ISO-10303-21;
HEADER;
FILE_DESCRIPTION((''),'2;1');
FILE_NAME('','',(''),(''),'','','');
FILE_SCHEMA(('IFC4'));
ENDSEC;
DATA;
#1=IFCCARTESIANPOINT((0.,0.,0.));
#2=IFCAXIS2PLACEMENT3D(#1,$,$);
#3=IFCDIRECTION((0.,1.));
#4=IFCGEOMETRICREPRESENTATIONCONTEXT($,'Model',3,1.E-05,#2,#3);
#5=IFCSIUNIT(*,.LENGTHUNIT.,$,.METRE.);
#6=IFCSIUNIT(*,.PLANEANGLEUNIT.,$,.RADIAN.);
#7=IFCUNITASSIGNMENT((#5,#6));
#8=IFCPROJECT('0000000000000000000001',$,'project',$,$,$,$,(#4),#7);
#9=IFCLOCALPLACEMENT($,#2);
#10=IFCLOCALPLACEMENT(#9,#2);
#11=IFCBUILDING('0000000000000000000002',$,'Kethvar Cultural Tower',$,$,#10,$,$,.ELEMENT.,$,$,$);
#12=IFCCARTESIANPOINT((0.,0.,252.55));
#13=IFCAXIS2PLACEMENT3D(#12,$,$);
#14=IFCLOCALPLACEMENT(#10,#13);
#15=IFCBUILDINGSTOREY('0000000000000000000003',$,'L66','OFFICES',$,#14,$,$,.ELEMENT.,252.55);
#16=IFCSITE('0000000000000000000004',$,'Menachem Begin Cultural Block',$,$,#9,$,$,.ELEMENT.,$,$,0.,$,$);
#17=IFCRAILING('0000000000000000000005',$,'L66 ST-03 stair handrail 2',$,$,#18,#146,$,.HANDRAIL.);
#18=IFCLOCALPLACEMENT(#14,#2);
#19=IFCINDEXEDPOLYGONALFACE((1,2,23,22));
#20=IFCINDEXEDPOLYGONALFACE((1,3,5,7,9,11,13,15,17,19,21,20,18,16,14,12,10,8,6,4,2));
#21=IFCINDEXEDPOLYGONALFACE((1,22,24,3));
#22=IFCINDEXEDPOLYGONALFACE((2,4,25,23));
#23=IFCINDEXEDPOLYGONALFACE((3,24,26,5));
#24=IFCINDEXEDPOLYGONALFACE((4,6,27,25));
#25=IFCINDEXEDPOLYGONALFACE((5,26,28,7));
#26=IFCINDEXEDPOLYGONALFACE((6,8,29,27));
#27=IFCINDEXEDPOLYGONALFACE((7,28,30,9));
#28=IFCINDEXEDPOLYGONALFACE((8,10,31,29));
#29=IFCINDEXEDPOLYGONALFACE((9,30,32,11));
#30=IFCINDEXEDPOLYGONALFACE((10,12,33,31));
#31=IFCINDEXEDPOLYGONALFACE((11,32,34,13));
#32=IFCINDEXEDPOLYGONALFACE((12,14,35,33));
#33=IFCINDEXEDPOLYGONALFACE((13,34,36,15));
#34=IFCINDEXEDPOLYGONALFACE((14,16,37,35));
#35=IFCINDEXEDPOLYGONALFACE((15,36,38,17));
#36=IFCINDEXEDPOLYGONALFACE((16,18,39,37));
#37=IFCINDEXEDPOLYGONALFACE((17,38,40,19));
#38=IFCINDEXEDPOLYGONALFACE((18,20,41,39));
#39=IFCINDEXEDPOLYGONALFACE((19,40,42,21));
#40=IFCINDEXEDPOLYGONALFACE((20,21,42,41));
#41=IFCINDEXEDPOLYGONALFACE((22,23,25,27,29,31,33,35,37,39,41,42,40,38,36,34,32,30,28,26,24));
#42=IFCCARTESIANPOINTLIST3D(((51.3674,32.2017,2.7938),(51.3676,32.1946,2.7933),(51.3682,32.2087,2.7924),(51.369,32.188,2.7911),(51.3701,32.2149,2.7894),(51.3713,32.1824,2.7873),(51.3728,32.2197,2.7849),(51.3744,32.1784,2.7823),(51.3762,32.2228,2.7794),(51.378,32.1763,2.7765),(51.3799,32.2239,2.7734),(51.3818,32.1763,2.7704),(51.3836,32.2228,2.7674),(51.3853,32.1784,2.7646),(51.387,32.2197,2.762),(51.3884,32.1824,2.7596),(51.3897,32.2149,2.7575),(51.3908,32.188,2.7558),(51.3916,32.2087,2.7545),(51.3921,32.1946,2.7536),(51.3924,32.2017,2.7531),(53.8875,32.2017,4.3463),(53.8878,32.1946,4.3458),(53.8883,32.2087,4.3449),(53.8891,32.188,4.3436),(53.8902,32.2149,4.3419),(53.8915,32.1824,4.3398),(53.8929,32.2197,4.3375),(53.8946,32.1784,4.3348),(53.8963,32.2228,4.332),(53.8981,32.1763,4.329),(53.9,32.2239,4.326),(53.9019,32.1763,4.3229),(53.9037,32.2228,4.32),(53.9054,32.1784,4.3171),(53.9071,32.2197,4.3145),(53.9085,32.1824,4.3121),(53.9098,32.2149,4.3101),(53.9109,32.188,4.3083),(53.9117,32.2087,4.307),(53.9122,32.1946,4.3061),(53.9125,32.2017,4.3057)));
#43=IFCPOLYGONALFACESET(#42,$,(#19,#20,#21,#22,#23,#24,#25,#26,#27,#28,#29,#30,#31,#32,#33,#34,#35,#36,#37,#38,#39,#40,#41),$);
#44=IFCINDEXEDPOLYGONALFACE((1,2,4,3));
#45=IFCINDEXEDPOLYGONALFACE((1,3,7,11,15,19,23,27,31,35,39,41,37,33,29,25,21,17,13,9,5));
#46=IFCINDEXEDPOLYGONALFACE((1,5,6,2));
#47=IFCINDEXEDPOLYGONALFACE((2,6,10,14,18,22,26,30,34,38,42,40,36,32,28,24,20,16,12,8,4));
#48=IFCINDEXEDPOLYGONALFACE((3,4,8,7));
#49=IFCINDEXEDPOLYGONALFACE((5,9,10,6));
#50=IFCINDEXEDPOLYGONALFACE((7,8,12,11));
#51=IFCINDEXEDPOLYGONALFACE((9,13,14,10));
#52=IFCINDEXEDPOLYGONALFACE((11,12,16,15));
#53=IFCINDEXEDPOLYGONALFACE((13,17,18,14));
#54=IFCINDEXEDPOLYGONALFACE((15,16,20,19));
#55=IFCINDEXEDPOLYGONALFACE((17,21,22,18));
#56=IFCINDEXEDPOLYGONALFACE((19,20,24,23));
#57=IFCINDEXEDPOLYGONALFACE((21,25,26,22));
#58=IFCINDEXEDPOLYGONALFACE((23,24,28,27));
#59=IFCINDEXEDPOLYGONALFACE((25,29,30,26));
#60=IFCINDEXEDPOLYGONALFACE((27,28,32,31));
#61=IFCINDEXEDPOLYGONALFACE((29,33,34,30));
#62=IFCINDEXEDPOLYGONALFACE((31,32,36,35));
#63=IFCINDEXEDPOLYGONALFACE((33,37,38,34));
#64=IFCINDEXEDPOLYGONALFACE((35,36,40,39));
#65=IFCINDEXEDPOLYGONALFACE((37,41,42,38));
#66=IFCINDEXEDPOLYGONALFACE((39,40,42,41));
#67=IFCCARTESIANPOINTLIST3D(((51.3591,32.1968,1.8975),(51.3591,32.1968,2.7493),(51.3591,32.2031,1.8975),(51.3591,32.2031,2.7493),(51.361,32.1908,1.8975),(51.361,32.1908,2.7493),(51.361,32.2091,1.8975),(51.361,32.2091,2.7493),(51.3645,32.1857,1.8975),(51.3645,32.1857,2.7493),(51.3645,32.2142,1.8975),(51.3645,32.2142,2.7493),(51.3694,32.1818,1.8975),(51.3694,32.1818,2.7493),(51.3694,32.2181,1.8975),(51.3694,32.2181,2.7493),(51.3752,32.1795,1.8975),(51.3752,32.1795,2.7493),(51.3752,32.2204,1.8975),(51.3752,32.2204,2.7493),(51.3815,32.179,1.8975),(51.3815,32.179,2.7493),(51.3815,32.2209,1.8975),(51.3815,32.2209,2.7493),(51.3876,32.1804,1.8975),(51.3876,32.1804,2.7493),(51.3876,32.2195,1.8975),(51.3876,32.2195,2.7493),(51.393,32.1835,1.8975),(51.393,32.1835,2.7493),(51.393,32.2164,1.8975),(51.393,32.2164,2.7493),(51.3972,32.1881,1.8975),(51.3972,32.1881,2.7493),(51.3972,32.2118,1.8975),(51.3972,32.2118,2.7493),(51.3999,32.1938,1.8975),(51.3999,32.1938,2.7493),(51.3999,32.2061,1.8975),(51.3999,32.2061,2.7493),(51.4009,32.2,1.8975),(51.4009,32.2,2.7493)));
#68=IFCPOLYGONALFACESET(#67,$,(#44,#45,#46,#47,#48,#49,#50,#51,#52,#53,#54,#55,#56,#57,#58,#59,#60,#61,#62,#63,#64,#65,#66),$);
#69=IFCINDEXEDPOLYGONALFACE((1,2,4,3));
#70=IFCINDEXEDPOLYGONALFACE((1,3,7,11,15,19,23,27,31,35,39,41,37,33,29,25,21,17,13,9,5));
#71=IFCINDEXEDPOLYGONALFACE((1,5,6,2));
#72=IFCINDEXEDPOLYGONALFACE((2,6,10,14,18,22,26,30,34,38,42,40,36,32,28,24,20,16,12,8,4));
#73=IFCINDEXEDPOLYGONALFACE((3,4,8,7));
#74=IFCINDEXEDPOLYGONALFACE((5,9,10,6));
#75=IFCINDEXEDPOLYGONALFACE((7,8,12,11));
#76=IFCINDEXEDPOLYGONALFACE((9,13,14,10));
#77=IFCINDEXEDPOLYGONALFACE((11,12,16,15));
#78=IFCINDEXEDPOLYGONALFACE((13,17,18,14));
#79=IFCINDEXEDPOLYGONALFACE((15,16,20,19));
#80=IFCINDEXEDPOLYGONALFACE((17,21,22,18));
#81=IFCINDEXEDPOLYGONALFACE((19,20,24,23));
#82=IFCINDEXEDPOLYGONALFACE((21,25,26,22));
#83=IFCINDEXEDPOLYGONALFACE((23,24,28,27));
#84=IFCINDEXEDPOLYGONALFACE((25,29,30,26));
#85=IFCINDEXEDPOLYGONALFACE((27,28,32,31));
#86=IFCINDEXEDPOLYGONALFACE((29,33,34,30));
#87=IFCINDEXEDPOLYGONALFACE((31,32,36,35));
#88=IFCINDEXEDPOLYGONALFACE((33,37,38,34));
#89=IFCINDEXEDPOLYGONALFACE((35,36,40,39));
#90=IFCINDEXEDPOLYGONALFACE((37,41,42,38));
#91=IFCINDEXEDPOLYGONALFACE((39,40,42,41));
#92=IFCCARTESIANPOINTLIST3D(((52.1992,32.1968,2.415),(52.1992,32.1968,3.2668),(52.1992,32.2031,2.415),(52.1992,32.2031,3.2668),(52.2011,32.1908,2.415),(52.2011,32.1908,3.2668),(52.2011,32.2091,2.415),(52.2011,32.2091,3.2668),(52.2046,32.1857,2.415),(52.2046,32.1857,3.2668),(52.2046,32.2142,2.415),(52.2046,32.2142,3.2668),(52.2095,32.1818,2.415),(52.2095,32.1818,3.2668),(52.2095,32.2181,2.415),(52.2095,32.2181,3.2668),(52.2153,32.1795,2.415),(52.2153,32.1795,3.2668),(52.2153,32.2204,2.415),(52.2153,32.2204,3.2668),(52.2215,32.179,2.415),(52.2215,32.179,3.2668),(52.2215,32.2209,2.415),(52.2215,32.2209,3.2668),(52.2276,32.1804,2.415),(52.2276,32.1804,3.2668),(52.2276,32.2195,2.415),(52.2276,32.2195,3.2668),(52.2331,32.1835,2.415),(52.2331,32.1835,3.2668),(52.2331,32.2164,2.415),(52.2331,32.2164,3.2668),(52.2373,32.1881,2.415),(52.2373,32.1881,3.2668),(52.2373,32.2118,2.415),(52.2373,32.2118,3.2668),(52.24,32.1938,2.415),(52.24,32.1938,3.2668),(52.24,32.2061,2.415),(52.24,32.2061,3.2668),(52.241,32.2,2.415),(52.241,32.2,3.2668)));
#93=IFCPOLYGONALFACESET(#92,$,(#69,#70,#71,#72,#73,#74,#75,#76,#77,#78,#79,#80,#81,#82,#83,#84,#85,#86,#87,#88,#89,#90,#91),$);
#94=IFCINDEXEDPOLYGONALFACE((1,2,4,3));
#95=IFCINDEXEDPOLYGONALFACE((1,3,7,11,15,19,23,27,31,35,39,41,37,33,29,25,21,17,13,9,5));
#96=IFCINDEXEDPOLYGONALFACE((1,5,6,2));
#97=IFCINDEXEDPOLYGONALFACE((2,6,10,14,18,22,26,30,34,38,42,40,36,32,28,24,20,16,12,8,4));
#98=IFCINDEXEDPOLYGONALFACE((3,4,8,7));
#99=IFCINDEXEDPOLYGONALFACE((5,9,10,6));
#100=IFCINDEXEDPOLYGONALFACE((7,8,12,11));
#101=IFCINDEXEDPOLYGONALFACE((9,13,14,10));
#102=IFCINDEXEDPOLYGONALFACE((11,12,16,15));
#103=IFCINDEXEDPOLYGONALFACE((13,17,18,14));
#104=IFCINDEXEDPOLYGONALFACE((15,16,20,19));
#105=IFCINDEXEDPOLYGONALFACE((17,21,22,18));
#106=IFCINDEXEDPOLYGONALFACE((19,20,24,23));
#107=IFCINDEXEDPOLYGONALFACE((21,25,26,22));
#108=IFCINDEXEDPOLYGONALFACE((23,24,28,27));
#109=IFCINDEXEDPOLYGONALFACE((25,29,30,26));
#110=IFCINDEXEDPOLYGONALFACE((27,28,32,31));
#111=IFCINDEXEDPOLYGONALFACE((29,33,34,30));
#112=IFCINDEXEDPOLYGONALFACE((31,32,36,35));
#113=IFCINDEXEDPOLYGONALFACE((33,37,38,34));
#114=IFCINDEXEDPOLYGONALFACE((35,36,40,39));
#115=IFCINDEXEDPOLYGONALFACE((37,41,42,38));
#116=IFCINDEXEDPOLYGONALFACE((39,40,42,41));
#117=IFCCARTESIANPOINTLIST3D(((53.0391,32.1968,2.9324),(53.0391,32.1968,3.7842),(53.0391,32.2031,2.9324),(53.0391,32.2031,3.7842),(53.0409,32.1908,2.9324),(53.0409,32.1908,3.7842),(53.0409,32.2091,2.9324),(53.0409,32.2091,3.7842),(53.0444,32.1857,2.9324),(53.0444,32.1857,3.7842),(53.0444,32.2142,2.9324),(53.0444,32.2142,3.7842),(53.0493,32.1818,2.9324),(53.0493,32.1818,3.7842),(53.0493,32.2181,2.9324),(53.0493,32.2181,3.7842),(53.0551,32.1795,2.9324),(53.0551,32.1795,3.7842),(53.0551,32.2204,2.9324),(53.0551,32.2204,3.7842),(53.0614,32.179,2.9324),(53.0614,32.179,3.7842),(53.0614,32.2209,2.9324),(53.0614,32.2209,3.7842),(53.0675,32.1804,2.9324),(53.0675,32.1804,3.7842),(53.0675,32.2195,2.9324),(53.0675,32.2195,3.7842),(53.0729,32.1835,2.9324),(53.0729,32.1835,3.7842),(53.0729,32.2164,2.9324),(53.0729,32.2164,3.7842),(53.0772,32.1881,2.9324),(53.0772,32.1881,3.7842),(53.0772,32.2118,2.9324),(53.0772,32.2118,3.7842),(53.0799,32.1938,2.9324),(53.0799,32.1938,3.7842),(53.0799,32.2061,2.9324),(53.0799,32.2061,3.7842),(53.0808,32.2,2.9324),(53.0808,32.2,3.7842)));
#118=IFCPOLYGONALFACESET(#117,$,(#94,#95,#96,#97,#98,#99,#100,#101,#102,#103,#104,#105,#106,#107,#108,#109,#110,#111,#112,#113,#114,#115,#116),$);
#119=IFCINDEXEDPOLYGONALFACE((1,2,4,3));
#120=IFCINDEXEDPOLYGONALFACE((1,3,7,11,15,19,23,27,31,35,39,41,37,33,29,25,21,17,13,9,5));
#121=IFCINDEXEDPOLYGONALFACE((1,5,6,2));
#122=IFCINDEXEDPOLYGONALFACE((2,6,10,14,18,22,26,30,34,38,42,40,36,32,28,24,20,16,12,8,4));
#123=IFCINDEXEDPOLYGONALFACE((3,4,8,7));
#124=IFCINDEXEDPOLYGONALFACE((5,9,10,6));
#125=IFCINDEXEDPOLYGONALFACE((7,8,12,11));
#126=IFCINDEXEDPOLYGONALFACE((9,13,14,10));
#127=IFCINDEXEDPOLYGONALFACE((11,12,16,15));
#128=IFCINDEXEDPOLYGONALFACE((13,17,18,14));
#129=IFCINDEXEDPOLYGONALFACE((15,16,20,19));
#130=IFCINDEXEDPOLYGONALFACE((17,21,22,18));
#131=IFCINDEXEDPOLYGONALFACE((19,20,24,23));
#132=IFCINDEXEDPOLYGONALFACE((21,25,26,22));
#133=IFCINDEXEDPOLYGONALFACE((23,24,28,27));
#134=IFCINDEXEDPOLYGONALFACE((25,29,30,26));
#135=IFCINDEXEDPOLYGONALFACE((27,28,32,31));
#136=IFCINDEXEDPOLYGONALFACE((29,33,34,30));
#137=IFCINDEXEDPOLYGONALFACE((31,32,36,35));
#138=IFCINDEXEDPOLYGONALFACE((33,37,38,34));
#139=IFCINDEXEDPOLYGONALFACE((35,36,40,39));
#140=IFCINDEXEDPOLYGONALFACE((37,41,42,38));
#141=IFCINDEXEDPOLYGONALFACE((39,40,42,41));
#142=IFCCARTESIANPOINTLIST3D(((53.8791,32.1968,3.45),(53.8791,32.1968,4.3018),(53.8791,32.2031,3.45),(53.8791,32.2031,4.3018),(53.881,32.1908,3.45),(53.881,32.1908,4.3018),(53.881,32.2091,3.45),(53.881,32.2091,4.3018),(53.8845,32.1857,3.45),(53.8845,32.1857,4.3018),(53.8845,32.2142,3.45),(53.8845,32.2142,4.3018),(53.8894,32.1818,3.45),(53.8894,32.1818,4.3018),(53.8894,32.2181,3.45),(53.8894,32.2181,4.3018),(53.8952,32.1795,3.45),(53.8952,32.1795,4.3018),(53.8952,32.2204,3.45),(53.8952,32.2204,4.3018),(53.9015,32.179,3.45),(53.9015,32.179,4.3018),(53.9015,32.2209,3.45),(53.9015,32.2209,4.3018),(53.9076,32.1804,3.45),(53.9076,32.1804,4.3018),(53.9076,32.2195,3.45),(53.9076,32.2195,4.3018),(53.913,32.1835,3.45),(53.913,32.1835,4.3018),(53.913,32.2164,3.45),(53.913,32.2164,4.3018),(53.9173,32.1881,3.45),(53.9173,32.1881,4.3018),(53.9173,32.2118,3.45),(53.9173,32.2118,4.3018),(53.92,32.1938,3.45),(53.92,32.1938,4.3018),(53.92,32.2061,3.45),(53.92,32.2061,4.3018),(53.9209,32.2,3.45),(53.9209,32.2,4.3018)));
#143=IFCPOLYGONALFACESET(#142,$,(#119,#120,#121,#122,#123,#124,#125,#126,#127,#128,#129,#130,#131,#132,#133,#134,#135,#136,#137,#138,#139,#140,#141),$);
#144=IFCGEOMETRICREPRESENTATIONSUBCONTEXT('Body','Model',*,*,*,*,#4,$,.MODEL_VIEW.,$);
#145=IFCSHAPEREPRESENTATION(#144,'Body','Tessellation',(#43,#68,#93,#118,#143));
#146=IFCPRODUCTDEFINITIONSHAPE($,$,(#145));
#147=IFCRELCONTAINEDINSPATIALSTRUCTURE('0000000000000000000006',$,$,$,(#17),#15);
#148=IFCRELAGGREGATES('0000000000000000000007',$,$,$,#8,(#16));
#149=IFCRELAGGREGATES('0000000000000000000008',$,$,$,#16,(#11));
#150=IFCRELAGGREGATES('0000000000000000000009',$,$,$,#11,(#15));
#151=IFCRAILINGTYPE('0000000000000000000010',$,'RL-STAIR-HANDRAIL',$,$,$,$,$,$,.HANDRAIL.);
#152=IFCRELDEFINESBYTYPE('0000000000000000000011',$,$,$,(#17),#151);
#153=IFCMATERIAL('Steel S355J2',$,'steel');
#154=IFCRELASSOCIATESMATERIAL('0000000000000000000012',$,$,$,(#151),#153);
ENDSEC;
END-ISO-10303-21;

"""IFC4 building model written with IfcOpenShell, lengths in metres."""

from ifc_helpers import new_model, si_unit, direction, frame, origin, origin_2d, place, context, subcontext, project, spatial, circle, extrude, material, type_object, element, save


model = new_model("IFC4")

# Units and contexts
model_context = context("Model", 3, precision=1e-05, world=origin(), true_north=direction((0.0, 1.0)))
body_context = subcontext(model_context, "Body", "Model", "MODEL_VIEW")
ifc_project = project(units=[si_unit("LENGTHUNIT", "METRE"), si_unit("PLANEANGLEUNIT", "RADIAN")], contexts=[model_context])

# Site, building, storey
site_placement = place(None, origin())
site = spatial("IfcSite", under=ifc_project, at=site_placement, Name="Menachem Begin Cultural Block", CompositionType="ELEMENT", RefElevation=0.0)
building_placement = place(site_placement, origin())
building = spatial("IfcBuilding", under=site, at=building_placement, Name="Kethvar Cultural Tower", CompositionType="ELEMENT")
storey_placement = place(building_placement, frame((0.0, 0.0, 252.55)))
storey = spatial("IfcBuildingStorey", under=building, at=storey_placement, Name="L66", Description="OFFICES", CompositionType="ELEMENT", Elevation=252.55)

# Shared definitions
ifc_material_1 = material(Name="Steel S355J2", Category="steel")

# Railing
railing_type_1 = type_object("IfcRailingType", Name="RL-STAIR-HANDRAIL", PredefinedType="HANDRAIL", material=ifc_material_1)
railing_1_placement = place(storey_placement, frame((51.3799, 32.2, 1.8975)))
element("IfcRailing", 1, at=railing_1_placement, inside=storey, type_object=railing_type_1, Name="L66 ST-03 stair handrail 2", PredefinedType="HANDRAIL", context=body_context, shape_type="SweptSolid", body=[
    extrude(circle(Radius=0.0239, at=origin_2d()), frame((0.0, 0.0, 0.876), z_axis=(0.8514, 0.0, 0.524516), x_axis=(0.0, 1.0, 0.0)), (0.0, 0.0, 1.0), 2.96),
    extrude(circle(Radius=0.021, at=origin_2d()), origin(), (0.0, 0.0, 1.0), 0.8518),
    extrude(circle(Radius=0.021, at=origin_2d()), frame((0.8401, 0.0, 0.5176)), (0.0, 0.0, 1.0), 0.8518),
    extrude(circle(Radius=0.021, at=origin_2d()), frame((1.6799, 0.0, 1.0349)), (0.0, 0.0, 1.0), 0.8518),
    extrude(circle(Radius=0.021, at=origin_2d()), frame((2.52, 0.0, 1.5525)), (0.0, 0.0, 1.0), 0.8518),
])

save(model, "model.ifc")
